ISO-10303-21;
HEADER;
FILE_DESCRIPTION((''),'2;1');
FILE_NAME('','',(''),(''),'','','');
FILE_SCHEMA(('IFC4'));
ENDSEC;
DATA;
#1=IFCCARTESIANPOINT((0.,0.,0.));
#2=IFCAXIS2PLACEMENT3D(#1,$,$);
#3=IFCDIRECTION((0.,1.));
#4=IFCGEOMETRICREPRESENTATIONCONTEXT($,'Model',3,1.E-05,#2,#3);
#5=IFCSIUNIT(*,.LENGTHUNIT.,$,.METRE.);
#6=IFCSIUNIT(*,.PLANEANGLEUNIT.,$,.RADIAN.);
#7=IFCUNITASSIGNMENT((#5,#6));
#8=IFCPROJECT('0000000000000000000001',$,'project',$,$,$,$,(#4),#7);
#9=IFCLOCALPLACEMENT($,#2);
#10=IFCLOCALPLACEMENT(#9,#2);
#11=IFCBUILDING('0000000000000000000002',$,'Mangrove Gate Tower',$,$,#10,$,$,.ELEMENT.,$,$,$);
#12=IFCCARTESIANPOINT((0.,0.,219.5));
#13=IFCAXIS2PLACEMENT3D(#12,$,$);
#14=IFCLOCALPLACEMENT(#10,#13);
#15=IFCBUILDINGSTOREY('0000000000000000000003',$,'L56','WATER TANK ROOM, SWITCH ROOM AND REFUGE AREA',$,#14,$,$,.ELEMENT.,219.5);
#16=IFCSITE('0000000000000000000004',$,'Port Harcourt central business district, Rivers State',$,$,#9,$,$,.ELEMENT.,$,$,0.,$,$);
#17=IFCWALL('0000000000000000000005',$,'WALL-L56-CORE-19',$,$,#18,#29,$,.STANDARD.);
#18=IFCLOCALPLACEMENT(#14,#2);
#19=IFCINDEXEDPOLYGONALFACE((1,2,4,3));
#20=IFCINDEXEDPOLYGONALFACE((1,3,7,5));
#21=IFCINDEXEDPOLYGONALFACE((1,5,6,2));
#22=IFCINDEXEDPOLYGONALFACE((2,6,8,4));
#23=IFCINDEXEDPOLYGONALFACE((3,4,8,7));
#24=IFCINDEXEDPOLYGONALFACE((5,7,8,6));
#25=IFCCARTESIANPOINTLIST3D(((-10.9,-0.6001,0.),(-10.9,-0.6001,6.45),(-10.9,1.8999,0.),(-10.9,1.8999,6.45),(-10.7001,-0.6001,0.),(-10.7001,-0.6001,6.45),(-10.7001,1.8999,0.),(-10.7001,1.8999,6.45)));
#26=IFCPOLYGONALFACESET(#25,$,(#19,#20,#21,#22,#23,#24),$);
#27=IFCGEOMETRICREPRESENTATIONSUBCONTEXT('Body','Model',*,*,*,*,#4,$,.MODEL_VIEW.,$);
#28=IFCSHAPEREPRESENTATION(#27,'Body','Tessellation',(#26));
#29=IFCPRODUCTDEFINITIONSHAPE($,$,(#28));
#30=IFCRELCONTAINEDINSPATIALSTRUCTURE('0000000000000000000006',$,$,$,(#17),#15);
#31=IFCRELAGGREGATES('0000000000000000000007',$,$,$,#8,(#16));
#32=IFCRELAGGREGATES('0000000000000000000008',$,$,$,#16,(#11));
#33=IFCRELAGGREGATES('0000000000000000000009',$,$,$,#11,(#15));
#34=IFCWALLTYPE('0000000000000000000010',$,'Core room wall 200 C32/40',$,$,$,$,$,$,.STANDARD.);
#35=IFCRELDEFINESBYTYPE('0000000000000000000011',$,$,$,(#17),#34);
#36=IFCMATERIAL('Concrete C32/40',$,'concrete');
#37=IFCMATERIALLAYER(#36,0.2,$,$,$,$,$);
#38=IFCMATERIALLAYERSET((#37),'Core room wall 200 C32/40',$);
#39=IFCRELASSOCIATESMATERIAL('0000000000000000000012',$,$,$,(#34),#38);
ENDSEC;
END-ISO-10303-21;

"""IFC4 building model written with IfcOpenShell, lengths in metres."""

from ifc_helpers import new_model, si_unit, direction, frame, frame_2d, origin, place, context, subcontext, project, spatial, rectangle, extrude, material, layer, layer_set, type_object, element, save


model = new_model("IFC4")

# Units and contexts
model_context = context("Model", 3, precision=1e-05, world=origin(), true_north=direction((0.0, 1.0)))
body_context = subcontext(model_context, "Body", "Model", "MODEL_VIEW")
ifc_project = project(units=[si_unit("LENGTHUNIT", "METRE"), si_unit("PLANEANGLEUNIT", "RADIAN")], contexts=[model_context])

# Site, building, storey
site_placement = place(None, origin())
site = spatial("IfcSite", under=ifc_project, at=site_placement, Name="Port Harcourt central business district, Rivers State", CompositionType="ELEMENT", RefElevation=0.0)
building_placement = place(site_placement, origin())
building = spatial("IfcBuilding", under=site, at=building_placement, Name="Mangrove Gate Tower", CompositionType="ELEMENT")
storey_placement = place(building_placement, frame((0.0, 0.0, 219.5)))
storey = spatial("IfcBuildingStorey", under=building, at=storey_placement, Name="L56", Description="WATER TANK ROOM, SWITCH ROOM AND REFUGE AREA", CompositionType="ELEMENT", Elevation=219.5)

# Wall
ifc_material_1 = material(Name="Concrete C32/40", Category="concrete")
ifc_layer_1 = layer(ifc_material_1, 0.2)
ifc_layer_set_1 = layer_set([ifc_layer_1], Name="Core room wall 200 C32/40")
wall_type_1 = type_object("IfcWallType", Name="Core room wall 200 C32/40", PredefinedType="STANDARD", material=ifc_layer_set_1)
wall_1_placement = place(storey_placement, frame((-10.8, -0.6001, 0.0), z_axis=(0.0, 0.0, 1.0), x_axis=(0.0, 1.0, 0.0)))
element("IfcWall", 1, at=wall_1_placement, inside=storey, type_object=wall_type_1, Name="WALL-L56-CORE-19", PredefinedType="STANDARD", context=body_context, shape_type="SweptSolid", body=[
    extrude(rectangle(XDim=2.5, YDim=0.2, at=frame_2d((1.25, 0.0))), origin(), (0.0, 0.0, 1.0), 6.45),
])

save(model, "model.ifc")
